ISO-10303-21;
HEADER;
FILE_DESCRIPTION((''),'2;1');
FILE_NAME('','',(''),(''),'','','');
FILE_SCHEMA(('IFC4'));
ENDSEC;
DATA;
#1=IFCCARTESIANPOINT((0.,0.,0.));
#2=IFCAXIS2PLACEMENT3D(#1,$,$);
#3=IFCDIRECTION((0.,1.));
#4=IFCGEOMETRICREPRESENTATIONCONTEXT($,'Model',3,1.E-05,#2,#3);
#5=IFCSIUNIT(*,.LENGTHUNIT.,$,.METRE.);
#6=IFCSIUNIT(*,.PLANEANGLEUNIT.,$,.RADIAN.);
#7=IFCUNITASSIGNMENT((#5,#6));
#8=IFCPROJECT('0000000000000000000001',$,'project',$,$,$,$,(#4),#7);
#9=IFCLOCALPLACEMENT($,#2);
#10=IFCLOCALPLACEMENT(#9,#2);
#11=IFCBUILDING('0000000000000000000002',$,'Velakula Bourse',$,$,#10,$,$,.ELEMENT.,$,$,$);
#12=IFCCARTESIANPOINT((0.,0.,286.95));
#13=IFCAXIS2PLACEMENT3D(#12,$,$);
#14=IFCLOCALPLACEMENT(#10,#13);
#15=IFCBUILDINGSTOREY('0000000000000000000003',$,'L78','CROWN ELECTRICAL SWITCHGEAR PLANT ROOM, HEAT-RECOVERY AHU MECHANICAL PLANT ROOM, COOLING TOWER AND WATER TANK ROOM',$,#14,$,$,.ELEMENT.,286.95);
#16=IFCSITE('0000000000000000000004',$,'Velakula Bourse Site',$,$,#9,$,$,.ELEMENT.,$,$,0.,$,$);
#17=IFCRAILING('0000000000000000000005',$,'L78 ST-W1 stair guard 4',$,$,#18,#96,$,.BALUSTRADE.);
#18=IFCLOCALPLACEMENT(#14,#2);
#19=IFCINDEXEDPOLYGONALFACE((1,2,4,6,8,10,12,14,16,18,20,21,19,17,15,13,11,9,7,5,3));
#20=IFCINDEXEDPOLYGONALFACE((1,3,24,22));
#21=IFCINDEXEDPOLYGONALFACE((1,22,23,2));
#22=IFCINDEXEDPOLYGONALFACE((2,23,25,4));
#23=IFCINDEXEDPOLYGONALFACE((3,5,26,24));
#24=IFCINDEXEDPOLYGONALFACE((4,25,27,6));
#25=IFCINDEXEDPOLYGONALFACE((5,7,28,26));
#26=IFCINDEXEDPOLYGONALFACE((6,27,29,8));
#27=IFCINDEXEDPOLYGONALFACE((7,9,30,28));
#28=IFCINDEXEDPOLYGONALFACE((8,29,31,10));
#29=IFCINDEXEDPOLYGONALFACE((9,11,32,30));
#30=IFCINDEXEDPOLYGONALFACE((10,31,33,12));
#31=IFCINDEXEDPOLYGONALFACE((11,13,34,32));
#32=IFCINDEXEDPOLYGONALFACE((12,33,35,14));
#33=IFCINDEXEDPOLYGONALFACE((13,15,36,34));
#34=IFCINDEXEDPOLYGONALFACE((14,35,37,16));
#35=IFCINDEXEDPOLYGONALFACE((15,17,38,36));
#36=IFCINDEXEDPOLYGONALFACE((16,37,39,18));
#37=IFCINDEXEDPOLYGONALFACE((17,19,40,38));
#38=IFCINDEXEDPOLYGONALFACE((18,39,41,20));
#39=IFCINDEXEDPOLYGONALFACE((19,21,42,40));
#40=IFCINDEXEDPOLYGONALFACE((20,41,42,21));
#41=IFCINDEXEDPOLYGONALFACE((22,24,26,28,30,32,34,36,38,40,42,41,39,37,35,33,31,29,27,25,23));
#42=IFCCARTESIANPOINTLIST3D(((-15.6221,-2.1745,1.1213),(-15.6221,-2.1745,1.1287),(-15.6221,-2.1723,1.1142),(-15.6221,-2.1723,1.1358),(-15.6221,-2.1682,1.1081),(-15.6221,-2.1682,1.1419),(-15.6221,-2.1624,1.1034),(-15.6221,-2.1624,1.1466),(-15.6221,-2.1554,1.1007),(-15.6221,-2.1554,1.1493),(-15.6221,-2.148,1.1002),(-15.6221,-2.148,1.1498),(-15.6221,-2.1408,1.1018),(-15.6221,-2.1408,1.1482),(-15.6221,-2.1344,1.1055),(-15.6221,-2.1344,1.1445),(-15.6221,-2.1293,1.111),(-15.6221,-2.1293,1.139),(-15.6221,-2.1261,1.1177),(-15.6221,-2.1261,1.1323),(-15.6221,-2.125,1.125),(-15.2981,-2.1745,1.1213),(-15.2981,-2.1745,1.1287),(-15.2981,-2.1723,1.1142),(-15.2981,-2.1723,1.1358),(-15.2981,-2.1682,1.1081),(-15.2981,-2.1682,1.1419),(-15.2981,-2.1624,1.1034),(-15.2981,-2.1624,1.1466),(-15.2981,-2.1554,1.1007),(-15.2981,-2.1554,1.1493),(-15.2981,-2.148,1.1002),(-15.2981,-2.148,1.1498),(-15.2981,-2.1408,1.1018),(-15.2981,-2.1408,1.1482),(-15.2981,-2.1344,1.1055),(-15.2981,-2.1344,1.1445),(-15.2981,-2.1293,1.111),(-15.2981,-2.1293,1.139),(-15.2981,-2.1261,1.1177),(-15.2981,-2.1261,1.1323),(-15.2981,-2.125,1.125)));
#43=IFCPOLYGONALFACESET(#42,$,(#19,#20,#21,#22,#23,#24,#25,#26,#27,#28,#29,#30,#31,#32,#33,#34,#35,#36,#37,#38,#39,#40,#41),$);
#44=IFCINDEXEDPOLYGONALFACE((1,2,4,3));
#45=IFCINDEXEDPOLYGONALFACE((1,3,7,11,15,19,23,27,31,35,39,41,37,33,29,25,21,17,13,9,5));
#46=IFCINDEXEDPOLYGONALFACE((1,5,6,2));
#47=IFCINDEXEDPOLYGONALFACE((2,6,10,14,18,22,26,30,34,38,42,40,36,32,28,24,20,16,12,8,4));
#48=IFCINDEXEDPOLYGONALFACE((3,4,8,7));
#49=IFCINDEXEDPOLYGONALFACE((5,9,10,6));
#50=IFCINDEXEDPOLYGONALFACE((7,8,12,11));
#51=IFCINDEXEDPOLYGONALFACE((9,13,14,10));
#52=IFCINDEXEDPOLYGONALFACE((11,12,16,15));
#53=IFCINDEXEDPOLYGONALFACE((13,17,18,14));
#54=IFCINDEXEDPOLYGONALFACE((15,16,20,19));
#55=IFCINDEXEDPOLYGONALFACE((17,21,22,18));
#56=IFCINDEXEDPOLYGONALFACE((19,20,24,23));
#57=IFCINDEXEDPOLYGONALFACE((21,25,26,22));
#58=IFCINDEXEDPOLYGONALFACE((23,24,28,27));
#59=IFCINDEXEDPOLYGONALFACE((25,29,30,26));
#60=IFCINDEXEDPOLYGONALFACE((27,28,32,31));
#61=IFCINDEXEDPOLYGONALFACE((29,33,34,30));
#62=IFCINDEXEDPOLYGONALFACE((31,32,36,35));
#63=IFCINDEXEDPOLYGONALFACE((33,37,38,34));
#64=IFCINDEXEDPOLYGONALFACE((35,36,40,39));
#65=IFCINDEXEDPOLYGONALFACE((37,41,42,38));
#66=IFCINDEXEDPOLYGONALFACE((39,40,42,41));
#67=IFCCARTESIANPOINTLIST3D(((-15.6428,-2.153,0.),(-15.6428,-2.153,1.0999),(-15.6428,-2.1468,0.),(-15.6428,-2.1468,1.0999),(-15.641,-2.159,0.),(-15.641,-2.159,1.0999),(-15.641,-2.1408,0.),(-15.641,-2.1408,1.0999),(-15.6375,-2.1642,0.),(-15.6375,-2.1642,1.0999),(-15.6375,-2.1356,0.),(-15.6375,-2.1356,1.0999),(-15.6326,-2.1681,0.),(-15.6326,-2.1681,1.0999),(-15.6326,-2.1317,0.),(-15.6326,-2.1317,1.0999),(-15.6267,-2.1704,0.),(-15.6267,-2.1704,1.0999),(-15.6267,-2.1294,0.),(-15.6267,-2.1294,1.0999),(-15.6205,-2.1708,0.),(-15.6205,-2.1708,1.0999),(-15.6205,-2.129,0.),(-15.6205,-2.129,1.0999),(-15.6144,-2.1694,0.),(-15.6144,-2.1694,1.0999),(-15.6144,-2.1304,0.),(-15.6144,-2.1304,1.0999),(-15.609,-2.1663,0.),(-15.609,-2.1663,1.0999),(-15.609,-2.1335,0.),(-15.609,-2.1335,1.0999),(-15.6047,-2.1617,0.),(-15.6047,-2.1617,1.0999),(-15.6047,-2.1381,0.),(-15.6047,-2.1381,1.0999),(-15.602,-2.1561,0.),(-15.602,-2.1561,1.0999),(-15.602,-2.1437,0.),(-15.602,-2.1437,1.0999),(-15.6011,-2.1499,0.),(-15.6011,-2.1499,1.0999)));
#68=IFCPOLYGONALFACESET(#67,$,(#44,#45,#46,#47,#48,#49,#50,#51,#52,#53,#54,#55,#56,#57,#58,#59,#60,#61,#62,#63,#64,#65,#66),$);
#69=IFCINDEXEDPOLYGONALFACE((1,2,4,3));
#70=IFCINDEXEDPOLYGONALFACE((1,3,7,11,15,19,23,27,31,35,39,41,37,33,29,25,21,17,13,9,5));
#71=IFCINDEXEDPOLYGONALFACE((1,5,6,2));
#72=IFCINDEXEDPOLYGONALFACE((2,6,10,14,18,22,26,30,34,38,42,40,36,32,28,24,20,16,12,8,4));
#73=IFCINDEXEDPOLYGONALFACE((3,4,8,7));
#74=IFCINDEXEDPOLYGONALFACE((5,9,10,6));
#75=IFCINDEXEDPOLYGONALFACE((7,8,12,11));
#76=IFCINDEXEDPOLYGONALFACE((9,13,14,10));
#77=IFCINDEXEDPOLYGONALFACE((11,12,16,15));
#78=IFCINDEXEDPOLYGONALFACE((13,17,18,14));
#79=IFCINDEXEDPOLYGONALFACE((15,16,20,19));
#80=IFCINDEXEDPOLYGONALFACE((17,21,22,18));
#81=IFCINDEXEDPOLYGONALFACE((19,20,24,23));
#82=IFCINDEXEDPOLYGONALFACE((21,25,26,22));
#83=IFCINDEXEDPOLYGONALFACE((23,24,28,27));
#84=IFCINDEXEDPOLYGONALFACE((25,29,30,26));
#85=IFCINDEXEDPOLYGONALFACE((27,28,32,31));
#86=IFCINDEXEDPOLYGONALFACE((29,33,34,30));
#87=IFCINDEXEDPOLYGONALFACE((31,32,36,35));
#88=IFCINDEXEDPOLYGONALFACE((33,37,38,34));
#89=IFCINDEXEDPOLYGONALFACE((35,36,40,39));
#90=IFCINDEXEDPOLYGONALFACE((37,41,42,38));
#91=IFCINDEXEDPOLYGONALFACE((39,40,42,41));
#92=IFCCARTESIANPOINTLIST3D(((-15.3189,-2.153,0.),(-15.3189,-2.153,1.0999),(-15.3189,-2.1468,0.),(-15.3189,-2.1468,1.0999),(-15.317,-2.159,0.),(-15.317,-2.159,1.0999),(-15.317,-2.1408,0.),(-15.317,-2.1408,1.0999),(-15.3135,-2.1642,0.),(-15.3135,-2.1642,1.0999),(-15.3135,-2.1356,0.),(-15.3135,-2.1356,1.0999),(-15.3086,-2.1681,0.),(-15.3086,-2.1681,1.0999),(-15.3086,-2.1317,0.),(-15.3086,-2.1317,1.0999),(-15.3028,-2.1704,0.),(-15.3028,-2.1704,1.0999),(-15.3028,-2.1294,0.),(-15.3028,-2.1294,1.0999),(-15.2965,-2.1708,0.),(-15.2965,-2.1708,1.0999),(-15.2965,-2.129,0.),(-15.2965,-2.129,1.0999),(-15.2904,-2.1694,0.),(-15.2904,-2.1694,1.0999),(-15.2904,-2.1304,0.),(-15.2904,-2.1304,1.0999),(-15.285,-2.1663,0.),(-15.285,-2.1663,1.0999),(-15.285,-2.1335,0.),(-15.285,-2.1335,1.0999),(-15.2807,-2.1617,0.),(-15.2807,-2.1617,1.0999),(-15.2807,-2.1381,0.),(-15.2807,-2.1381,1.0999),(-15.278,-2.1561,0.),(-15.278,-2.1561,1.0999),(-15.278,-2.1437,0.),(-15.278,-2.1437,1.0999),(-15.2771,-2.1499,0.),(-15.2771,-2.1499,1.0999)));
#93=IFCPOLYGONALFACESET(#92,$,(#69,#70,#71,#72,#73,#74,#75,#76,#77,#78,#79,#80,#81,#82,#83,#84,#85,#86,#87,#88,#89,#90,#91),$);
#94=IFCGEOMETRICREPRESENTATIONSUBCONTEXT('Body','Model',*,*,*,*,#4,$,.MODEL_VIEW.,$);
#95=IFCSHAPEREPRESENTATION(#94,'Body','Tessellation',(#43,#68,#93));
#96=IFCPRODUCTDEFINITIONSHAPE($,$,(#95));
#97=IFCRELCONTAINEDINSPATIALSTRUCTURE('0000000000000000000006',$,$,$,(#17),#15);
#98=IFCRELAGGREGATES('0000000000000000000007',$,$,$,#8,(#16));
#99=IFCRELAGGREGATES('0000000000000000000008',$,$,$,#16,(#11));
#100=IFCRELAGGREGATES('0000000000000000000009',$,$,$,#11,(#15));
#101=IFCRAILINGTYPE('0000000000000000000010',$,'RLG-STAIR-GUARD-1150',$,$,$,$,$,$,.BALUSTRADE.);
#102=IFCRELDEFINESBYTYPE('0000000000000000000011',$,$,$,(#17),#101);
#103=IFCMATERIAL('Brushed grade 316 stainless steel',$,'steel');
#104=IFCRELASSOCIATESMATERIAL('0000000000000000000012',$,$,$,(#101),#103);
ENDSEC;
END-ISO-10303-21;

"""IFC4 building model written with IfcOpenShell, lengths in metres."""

from ifc_helpers import new_model, si_unit, direction, frame, origin, origin_2d, place, context, subcontext, project, spatial, circle, extrude, material, type_object, element, save


model = new_model("IFC4")

# Units and contexts
model_context = context("Model", 3, precision=1e-05, world=origin(), true_north=direction((0.0, 1.0)))
body_context = subcontext(model_context, "Body", "Model", "MODEL_VIEW")
ifc_project = project(units=[si_unit("LENGTHUNIT", "METRE"), si_unit("PLANEANGLEUNIT", "RADIAN")], contexts=[model_context])

# Site, building, storey
site_placement = place(None, origin())
site = spatial("IfcSite", under=ifc_project, at=site_placement, Name="Velakula Bourse Site", CompositionType="ELEMENT", RefElevation=0.0)
building_placement = place(site_placement, origin())
building = spatial("IfcBuilding", under=site, at=building_placement, Name="Velakula Bourse", CompositionType="ELEMENT")
storey_placement = place(building_placement, frame((0.0, 0.0, 286.95)))
storey = spatial("IfcBuildingStorey", under=building, at=storey_placement, Name="L78", Description="CROWN ELECTRICAL SWITCHGEAR PLANT ROOM, HEAT-RECOVERY AHU MECHANICAL PLANT ROOM, COOLING TOWER AND WATER TANK ROOM", CompositionType="ELEMENT", Elevation=286.95)

# Railing
ifc_material_1 = material(Name="Brushed grade 316 stainless steel", Category="steel")
railing_type_1 = type_object("IfcRailingType", Name="RLG-STAIR-GUARD-1150", PredefinedType="BALUSTRADE", material=ifc_material_1)
railing_1_placement = place(storey_placement, frame((-15.6221, -2.1499, 0.0)))
element("IfcRailing", 1, at=railing_1_placement, inside=storey, type_object=railing_type_1, Name="L78 ST-W1 stair guard 4", PredefinedType="BALUSTRADE", context=body_context, shape_type="SweptSolid", body=[
    extrude(circle(Radius=0.0249, at=origin_2d()), frame((0.0, 0.0, 1.125), z_axis=(1.0, 0.0, 0.0), x_axis=(0.0, 1.0, 0.0)), (0.0, 0.0, 1.0), 0.324),
    extrude(circle(Radius=0.021, at=origin_2d()), origin(), (0.0, 0.0, 1.0), 1.0999),
    extrude(circle(Radius=0.021, at=origin_2d()), frame((0.324, 0.0, 0.0)), (0.0, 0.0, 1.0), 1.0999),
])

save(model, "model.ifc")
